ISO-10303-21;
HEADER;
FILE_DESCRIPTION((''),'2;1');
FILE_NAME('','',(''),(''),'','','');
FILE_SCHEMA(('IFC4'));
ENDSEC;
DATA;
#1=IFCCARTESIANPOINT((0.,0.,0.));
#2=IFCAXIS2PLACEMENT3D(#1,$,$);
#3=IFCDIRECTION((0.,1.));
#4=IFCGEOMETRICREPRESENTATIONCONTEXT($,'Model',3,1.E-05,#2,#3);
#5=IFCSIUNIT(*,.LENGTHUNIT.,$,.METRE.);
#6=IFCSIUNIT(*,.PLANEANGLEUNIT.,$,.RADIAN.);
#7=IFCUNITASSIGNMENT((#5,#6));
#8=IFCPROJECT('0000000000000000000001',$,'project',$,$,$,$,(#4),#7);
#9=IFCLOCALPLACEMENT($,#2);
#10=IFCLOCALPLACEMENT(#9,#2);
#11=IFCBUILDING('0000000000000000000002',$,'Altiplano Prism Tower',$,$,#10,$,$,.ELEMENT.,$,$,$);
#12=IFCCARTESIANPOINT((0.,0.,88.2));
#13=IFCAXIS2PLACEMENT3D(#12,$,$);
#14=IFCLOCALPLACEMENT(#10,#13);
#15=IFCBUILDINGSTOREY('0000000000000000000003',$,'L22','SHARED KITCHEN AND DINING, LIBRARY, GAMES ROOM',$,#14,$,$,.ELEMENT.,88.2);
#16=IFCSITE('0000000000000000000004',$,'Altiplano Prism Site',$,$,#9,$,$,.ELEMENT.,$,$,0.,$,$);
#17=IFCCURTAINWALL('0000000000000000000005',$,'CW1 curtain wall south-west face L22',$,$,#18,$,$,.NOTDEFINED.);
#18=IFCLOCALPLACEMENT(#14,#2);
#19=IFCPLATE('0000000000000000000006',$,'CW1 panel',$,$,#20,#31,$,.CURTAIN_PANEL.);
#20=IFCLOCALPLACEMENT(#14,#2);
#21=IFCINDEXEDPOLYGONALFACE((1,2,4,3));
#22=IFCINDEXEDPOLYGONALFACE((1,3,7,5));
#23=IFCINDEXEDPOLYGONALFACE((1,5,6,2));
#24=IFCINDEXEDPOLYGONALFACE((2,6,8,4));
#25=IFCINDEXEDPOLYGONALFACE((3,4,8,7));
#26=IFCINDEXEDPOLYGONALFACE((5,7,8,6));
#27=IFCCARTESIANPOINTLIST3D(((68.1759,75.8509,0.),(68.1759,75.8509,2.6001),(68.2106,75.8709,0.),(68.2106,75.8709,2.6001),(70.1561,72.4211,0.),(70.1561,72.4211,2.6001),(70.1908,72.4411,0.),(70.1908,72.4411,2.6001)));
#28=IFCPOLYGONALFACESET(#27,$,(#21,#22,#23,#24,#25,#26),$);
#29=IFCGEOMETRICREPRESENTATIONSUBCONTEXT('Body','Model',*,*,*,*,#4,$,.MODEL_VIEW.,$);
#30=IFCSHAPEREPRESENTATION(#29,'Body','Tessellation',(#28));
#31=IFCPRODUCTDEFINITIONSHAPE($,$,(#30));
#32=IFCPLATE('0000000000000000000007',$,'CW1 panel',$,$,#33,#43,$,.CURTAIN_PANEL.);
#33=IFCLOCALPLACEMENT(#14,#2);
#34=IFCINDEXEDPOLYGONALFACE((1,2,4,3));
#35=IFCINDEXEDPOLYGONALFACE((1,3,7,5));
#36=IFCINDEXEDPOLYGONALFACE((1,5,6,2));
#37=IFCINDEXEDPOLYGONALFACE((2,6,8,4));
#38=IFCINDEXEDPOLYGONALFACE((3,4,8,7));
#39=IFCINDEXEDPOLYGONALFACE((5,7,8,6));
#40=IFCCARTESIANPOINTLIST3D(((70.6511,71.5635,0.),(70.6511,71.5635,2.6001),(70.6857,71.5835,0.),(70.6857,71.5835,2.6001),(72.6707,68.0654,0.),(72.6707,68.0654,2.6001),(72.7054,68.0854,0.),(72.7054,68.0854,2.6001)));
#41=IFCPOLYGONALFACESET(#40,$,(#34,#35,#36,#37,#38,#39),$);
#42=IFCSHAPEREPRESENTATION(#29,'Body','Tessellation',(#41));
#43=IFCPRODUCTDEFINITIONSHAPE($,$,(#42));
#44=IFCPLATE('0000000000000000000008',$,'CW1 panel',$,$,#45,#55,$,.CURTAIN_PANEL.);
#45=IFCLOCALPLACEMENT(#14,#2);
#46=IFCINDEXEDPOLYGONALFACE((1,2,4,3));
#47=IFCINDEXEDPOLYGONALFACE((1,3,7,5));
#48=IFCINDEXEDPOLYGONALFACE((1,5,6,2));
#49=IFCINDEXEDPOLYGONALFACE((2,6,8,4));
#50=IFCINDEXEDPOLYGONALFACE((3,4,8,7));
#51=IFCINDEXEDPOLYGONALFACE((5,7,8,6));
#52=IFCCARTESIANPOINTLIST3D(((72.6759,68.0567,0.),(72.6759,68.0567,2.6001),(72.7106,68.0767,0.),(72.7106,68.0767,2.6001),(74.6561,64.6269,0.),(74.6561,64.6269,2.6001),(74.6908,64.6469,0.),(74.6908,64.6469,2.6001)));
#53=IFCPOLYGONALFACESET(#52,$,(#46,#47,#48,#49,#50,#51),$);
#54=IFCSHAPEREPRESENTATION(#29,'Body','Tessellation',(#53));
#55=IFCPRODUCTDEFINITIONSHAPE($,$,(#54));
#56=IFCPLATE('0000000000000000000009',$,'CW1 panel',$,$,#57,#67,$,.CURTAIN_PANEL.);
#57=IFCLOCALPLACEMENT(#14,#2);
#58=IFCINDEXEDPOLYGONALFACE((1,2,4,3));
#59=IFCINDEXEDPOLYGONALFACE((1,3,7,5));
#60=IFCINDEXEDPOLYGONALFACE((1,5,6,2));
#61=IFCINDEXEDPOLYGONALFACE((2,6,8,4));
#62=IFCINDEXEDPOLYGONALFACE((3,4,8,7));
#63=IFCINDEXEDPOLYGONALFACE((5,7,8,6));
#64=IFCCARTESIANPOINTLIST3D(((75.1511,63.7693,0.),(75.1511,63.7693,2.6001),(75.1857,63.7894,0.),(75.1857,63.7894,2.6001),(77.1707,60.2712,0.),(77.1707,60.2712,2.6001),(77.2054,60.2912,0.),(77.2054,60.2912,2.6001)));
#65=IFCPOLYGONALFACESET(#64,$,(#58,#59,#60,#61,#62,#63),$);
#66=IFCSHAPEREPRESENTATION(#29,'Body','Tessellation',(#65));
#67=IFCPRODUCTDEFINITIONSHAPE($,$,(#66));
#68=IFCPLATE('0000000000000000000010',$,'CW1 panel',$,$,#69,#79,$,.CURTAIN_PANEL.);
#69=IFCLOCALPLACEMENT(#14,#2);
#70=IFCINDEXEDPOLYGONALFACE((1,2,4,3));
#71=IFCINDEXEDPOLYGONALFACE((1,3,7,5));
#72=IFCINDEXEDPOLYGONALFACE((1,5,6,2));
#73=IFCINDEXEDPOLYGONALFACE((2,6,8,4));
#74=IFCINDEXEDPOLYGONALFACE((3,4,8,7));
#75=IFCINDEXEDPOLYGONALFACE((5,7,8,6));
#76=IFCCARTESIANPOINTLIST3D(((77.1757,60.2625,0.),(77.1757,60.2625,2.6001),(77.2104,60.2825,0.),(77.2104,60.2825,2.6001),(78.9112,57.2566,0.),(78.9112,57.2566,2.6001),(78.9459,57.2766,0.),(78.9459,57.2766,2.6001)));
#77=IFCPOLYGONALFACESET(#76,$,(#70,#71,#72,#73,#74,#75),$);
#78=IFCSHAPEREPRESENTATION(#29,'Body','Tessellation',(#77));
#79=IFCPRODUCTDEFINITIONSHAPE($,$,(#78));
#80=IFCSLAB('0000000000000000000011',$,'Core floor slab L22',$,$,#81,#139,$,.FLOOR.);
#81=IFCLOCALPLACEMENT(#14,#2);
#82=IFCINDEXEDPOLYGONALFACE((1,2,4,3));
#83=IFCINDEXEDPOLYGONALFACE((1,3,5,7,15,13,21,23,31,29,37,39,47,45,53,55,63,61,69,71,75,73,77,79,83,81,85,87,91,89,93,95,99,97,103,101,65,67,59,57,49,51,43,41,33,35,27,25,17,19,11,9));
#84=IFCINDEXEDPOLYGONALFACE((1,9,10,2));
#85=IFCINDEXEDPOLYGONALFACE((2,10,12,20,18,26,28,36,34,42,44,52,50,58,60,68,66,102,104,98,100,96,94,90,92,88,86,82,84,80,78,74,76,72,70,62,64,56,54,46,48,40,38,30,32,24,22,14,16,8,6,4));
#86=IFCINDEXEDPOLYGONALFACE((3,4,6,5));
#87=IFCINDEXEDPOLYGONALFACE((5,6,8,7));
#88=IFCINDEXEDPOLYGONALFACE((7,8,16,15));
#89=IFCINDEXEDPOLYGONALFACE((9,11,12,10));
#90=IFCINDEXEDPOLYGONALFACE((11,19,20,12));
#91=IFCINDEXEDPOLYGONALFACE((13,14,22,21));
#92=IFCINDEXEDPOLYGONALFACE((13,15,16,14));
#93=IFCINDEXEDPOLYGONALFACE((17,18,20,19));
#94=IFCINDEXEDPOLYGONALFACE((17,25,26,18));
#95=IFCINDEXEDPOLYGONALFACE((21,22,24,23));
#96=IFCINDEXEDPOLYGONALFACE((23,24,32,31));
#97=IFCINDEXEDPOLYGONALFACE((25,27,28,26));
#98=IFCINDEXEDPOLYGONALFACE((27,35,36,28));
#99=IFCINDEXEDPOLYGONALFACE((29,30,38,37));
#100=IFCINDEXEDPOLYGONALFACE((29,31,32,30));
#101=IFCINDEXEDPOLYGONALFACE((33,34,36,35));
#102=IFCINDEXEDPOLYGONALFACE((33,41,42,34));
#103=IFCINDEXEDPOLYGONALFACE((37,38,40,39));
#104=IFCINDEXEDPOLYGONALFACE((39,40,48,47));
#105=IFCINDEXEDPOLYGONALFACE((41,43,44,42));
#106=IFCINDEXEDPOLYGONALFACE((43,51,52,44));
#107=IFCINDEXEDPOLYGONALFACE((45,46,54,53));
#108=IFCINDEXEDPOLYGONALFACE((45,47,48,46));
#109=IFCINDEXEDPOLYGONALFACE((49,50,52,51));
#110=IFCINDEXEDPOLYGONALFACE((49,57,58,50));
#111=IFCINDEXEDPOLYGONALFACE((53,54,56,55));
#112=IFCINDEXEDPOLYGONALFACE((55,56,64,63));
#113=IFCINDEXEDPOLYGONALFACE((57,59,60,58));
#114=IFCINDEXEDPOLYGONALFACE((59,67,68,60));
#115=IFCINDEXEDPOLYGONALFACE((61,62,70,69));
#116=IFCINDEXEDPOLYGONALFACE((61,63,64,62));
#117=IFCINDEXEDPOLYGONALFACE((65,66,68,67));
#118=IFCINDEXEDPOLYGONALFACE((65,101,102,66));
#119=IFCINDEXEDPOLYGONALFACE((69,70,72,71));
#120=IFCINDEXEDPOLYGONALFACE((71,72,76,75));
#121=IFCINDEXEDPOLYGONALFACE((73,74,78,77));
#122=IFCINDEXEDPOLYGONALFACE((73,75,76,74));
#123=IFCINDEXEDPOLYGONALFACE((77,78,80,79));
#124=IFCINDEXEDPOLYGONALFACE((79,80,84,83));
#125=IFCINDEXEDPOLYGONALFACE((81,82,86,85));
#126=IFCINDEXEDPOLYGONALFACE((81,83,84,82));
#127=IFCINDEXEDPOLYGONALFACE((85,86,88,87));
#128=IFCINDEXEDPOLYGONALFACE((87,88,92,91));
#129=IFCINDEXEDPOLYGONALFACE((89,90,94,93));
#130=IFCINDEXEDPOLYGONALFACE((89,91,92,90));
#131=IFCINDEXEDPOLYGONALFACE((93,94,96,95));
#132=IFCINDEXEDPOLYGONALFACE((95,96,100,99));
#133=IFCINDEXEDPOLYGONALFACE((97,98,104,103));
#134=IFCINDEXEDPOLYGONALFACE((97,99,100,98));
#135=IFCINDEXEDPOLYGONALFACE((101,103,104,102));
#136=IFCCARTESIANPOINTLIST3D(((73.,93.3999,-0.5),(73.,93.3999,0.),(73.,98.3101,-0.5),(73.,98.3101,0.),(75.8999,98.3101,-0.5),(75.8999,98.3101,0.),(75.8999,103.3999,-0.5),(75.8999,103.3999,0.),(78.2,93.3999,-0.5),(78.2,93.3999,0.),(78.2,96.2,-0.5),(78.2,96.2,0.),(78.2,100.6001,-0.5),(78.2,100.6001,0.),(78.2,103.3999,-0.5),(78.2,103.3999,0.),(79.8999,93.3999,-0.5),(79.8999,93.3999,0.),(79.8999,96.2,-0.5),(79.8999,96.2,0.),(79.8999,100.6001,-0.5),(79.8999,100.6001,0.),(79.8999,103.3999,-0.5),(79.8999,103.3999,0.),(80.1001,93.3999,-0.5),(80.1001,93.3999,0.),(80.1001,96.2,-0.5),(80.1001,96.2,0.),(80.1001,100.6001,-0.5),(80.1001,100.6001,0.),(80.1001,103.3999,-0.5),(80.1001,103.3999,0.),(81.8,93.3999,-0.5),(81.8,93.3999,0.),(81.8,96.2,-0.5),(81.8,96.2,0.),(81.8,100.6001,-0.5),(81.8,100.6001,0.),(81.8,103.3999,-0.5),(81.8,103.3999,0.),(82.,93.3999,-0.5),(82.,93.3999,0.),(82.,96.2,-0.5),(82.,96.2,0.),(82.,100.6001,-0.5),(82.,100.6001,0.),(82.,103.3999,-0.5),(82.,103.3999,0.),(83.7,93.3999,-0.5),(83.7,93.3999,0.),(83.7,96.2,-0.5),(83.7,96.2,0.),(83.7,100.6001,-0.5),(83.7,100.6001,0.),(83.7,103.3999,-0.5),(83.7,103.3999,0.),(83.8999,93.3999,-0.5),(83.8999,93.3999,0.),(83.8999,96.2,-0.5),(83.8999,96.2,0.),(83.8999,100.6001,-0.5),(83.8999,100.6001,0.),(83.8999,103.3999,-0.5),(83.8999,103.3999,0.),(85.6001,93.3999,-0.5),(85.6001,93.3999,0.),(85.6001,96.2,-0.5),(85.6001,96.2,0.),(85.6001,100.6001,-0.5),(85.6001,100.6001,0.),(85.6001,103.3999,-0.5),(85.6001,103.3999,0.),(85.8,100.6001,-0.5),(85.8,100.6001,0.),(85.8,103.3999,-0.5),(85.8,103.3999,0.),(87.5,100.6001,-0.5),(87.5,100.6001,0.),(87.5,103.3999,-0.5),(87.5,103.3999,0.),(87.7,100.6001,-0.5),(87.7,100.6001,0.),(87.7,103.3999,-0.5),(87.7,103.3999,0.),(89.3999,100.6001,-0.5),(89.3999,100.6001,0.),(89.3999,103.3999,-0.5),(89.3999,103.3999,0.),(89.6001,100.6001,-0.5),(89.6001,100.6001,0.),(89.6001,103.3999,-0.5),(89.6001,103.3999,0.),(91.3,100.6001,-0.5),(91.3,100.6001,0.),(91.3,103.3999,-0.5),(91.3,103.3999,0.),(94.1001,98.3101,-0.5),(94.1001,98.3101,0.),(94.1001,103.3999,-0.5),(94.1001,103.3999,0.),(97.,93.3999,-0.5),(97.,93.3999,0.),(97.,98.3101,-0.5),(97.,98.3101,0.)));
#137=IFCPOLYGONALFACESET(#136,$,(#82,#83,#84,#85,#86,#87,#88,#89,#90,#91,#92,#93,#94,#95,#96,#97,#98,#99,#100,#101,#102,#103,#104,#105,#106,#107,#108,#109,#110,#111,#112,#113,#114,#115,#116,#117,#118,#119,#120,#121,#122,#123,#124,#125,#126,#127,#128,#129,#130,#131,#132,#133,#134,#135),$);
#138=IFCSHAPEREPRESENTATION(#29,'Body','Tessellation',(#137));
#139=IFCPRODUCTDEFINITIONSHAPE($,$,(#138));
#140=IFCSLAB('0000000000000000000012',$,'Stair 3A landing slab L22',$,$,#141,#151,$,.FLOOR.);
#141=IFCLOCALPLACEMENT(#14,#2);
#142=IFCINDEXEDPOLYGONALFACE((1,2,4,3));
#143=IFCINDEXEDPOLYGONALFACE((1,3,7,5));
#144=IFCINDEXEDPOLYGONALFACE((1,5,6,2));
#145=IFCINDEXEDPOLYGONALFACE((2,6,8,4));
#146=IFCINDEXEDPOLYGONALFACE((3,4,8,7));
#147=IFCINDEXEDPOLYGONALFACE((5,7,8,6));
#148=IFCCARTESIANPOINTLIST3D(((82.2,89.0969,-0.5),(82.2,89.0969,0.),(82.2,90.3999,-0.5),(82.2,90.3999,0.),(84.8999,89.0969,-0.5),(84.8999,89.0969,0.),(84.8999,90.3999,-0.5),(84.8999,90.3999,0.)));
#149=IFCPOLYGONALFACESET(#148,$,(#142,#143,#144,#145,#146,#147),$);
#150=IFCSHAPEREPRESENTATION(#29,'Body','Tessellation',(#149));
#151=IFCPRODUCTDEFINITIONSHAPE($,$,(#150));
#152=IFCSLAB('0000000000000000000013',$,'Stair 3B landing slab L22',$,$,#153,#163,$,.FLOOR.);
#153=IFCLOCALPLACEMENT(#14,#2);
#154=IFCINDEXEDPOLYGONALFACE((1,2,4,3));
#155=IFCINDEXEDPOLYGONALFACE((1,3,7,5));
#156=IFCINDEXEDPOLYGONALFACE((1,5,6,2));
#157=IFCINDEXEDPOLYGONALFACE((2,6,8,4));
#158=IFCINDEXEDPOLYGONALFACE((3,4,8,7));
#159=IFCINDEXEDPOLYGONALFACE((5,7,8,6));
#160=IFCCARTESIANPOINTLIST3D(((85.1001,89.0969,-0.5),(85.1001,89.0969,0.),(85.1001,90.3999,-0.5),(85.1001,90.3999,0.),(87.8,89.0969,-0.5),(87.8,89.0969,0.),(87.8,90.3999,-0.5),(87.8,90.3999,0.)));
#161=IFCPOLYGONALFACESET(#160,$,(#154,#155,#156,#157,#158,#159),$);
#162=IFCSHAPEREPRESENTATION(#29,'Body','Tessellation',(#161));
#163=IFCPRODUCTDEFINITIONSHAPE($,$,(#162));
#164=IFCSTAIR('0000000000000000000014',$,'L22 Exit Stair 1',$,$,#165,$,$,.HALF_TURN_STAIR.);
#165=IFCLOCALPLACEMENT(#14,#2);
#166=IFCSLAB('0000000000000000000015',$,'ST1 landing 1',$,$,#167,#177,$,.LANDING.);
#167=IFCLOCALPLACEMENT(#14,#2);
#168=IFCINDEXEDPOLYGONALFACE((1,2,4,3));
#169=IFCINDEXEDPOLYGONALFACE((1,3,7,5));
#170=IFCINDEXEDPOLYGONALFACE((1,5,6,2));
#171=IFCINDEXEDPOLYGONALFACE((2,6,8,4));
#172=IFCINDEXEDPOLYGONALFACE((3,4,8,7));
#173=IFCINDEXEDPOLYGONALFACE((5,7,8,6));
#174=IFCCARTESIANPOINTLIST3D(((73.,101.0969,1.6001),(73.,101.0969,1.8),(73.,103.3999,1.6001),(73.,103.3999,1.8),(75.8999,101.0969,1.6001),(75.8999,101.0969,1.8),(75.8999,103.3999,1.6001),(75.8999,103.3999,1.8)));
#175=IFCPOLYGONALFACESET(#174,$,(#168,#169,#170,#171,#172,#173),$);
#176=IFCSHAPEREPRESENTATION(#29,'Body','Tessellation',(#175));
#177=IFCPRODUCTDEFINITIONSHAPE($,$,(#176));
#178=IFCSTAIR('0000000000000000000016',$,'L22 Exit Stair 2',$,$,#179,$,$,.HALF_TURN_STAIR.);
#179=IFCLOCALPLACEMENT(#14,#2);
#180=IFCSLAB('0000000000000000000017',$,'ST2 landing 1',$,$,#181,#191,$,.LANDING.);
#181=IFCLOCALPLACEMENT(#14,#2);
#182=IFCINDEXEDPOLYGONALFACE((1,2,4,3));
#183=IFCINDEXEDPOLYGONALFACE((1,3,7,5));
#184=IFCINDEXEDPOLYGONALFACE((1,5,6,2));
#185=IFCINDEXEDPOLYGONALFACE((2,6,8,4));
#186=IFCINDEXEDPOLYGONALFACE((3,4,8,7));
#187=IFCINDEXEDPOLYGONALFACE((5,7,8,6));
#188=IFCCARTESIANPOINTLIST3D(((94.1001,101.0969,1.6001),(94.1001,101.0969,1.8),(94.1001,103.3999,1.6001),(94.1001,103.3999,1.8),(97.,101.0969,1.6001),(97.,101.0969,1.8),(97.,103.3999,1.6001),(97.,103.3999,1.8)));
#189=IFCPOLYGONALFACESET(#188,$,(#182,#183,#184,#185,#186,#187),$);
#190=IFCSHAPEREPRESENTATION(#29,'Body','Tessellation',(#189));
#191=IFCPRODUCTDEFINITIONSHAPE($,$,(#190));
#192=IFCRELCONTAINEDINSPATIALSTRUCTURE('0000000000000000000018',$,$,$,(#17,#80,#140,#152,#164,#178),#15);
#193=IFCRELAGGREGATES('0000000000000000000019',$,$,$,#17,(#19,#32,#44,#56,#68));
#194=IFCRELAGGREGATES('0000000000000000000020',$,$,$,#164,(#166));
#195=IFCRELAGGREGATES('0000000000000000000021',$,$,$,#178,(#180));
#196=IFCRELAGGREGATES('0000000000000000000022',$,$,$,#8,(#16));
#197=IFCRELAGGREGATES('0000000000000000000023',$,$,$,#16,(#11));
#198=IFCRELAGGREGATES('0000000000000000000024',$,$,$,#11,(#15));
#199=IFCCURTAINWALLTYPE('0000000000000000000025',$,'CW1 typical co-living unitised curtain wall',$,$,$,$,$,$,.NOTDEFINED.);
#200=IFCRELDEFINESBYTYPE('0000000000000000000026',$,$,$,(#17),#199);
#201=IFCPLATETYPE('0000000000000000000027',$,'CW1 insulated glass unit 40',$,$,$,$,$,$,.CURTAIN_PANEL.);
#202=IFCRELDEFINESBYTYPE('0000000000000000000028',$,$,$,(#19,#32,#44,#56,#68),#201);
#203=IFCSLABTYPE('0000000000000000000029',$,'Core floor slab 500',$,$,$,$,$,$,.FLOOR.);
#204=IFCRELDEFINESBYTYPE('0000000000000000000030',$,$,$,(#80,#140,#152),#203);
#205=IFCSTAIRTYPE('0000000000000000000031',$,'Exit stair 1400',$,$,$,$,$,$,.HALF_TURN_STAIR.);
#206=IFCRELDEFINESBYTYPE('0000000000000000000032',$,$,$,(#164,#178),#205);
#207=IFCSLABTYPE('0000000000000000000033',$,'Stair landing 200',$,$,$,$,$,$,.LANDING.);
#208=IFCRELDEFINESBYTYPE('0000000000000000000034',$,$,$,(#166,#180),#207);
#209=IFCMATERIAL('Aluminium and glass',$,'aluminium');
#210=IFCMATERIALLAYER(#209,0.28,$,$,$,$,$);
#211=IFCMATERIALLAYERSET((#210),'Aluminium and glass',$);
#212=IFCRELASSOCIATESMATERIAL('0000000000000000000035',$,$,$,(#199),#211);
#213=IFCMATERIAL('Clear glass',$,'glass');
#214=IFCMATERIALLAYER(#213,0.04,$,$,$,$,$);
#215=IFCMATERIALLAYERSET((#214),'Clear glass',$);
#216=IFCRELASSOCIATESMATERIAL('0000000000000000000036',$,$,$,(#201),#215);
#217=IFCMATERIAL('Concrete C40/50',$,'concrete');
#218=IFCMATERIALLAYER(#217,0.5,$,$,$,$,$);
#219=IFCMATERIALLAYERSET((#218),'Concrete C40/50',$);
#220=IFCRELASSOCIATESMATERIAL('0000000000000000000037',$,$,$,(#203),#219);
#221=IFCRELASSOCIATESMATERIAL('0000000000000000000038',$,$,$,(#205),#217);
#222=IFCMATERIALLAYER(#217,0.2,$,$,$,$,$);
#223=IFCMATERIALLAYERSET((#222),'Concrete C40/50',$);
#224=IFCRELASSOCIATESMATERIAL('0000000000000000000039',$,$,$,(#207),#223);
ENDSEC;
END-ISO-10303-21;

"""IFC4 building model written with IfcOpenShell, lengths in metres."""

from ifc_helpers import new_model, si_unit, direction, frame, origin, origin_2d, place, context, subcontext, project, spatial, polyline, rectangle, outline, extrude, material, layer, layer_set, type_object, element, aggregate, save


model = new_model("IFC4")

# Units and contexts
model_context = context("Model", 3, precision=1e-05, world=origin(), true_north=direction((0.0, 1.0)))
body_context = subcontext(model_context, "Body", "Model", "MODEL_VIEW")
ifc_project = project(units=[si_unit("LENGTHUNIT", "METRE"), si_unit("PLANEANGLEUNIT", "RADIAN")], contexts=[model_context])

# Site, building, storey
site_placement = place(None, origin())
site = spatial("IfcSite", under=ifc_project, at=site_placement, Name="Altiplano Prism Site", CompositionType="ELEMENT", RefElevation=0.0)
building_placement = place(site_placement, origin())
building = spatial("IfcBuilding", under=site, at=building_placement, Name="Altiplano Prism Tower", CompositionType="ELEMENT")
storey_placement = place(building_placement, frame((0.0, 0.0, 88.2)))
storey = spatial("IfcBuildingStorey", under=building, at=storey_placement, Name="L22", Description="SHARED KITCHEN AND DINING, LIBRARY, GAMES ROOM", CompositionType="ELEMENT", Elevation=88.2)

# Curtain wall
ifc_material_1 = material(Name="Aluminium and glass", Category="aluminium")
ifc_layer_1 = layer(ifc_material_1, 0.28)
ifc_layer_set_1 = layer_set([ifc_layer_1], Name="Aluminium and glass")
curtain_wall_type = type_object("IfcCurtainWallType", Name="CW1 typical co-living unitised curtain wall", PredefinedType="NOTDEFINED", material=ifc_layer_set_1)
curtain_wall_placement = place(storey_placement, origin())
curtain_wall = element("IfcCurtainWall", 1, at=curtain_wall_placement, inside=storey, type_object=curtain_wall_type, Name="CW1 curtain wall south-west face L22", PredefinedType="NOTDEFINED")

# Plates
ifc_material_2 = material(Name="Clear glass", Category="glass")
ifc_layer_2 = layer(ifc_material_2, 0.04)
ifc_layer_set_2 = layer_set([ifc_layer_2], Name="Clear glass")
plate_type = type_object("IfcPlateType", Name="CW1 insulated glass unit 40", PredefinedType="CURTAIN_PANEL", material=ifc_layer_set_2)
plate_1_placement = place(storey_placement, frame((69.1833, 74.146, 0.0), z_axis=(0.0, 0.0, 1.0), x_axis=(0.5, -0.866025, 0.0)))
plate_1 = element("IfcPlate", 2, at=plate_1_placement, type_object=plate_type, Name="CW1 panel", PredefinedType="CURTAIN_PANEL", context=body_context, shape_type="SweptSolid", body=[
    extrude(rectangle(XDim=3.9604, YDim=0.04, at=origin_2d()), origin(), (0.0, 0.0, 1.0), 2.6001),
])
plate_2_placement = place(storey_placement, frame((71.6782, 69.8245, 0.0), z_axis=(0.0, 0.0, 1.0), x_axis=(0.5, -0.866025, 0.0)))
plate_2 = element("IfcPlate", 3, at=plate_2_placement, type_object=plate_type, Name="CW1 panel", PredefinedType="CURTAIN_PANEL", context=body_context, shape_type="SweptSolid", body=[
    extrude(rectangle(XDim=4.0393, YDim=0.04, at=origin_2d()), origin(), (0.0, 0.0, 1.0), 2.6001),
])
plate_3_placement = place(storey_placement, frame((73.6833, 66.3518, 0.0), z_axis=(0.0, 0.0, 1.0), x_axis=(0.5, -0.866025, 0.0)))
plate_3 = element("IfcPlate", 4, at=plate_3_placement, type_object=plate_type, Name="CW1 panel", PredefinedType="CURTAIN_PANEL", context=body_context, shape_type="SweptSolid", body=[
    extrude(rectangle(XDim=3.9604, YDim=0.04, at=origin_2d()), origin(), (0.0, 0.0, 1.0), 2.6001),
])
plate_4_placement = place(storey_placement, frame((76.1782, 62.0303, 0.0), z_axis=(0.0, 0.0, 1.0), x_axis=(0.5, -0.866025, 0.0)))
plate_4 = element("IfcPlate", 5, at=plate_4_placement, type_object=plate_type, Name="CW1 panel", PredefinedType="CURTAIN_PANEL", context=body_context, shape_type="SweptSolid", body=[
    extrude(rectangle(XDim=4.0393, YDim=0.04, at=origin_2d()), origin(), (0.0, 0.0, 1.0), 2.6001),
])
plate_5_placement = place(storey_placement, frame((78.0608, 58.7695, 0.0), z_axis=(0.0, 0.0, 1.0), x_axis=(0.5, -0.866025, 0.0)))
plate_5 = element("IfcPlate", 6, at=plate_5_placement, type_object=plate_type, Name="CW1 panel", PredefinedType="CURTAIN_PANEL", context=body_context, shape_type="SweptSolid", body=[
    extrude(rectangle(XDim=3.4709, YDim=0.04, at=origin_2d()), origin(), (0.0, 0.0, 1.0), 2.6001),
])
aggregate(curtain_wall, [plate_1, plate_2, plate_3, plate_4, plate_5])

# Slabs
ifc_material_3 = material(Name="Concrete C40/50", Category="concrete")
ifc_layer_3 = layer(ifc_material_3, 0.5)
ifc_layer_set_3 = layer_set([ifc_layer_3], Name="Concrete C40/50")
slab_type_1 = type_object("IfcSlabType", Name="Core floor slab 500", PredefinedType="FLOOR", material=ifc_layer_set_3)
slab_1_placement = place(storey_placement, frame((0.0, 0.0, -0.5)))
element("IfcSlab", 7, at=slab_1_placement, inside=storey, type_object=slab_type_1, Name="Core floor slab L22", PredefinedType="FLOOR", context=body_context, shape_type="SweptSolid", body=[
    extrude(outline(polyline([(97.0, 98.3101), (94.1001, 98.3101), (94.1001, 103.3999), (91.3, 103.3999), (91.3, 100.6001), (89.6001, 100.6001), (89.6001, 103.3999), (89.3999, 103.3999), (89.3999, 100.6001), (87.7, 100.6001), (87.7, 103.3999), (87.5, 103.3999), (87.5, 100.6001), (85.8, 100.6001), (85.8, 103.3999), (85.6001, 103.3999), (85.6001, 100.6001), (83.8999, 100.6001), (83.8999, 103.3999), (83.7, 103.3999), (83.7, 100.6001), (82.0, 100.6001), (82.0, 103.3999), (81.8, 103.3999), (81.8, 100.6001), (80.1001, 100.6001), (80.1001, 103.3999), (79.8999, 103.3999), (79.8999, 100.6001), (78.2, 100.6001), (78.2, 103.3999), (75.8999, 103.3999), (75.8999, 98.3101), (73.0, 98.3101), (73.0, 93.3999), (78.2, 93.3999), (78.2, 96.2), (79.8999, 96.2), (79.8999, 93.3999), (80.1001, 93.3999), (80.1001, 96.2), (81.8, 96.2), (81.8, 93.3999), (82.0, 93.3999), (82.0, 96.2), (83.7, 96.2), (83.7, 93.3999), (83.8999, 93.3999), (83.8999, 96.2), (85.6001, 96.2), (85.6001, 93.3999), (97.0, 93.3999), (97.0, 98.3101)])), origin(), (0.0, 0.0, 1.0), 0.5),
])
slab_2_placement = place(storey_placement, frame((0.0, 0.0, -0.5)))
element("IfcSlab", 8, at=slab_2_placement, inside=storey, type_object=slab_type_1, Name="Stair 3A landing slab L22", PredefinedType="FLOOR", context=body_context, shape_type="SweptSolid", body=[
    extrude(outline(polyline([(82.2, 89.0969), (84.8999, 89.0969), (84.8999, 90.3999), (82.2, 90.3999), (82.2, 89.0969)])), origin(), (0.0, 0.0, 1.0), 0.5),
])
slab_3_placement = place(storey_placement, frame((0.0, 0.0, -0.5)))
element("IfcSlab", 9, at=slab_3_placement, inside=storey, type_object=slab_type_1, Name="Stair 3B landing slab L22", PredefinedType="FLOOR", context=body_context, shape_type="SweptSolid", body=[
    extrude(outline(polyline([(85.1001, 89.0969), (87.8, 89.0969), (87.8, 90.3999), (85.1001, 90.3999), (85.1001, 89.0969)])), origin(), (0.0, 0.0, 1.0), 0.5),
])

# Stairs, slabs
stair_type_1 = type_object("IfcStairType", Name="Exit stair 1400", PredefinedType="HALF_TURN_STAIR", material=ifc_material_3)
stair_1_placement = place(storey_placement, origin())
stair_1 = element("IfcStair", 10, at=stair_1_placement, inside=storey, type_object=stair_type_1, Name="L22 Exit Stair 1", PredefinedType="HALF_TURN_STAIR")
ifc_layer_4 = layer(ifc_material_3, 0.2)
ifc_layer_set_4 = layer_set([ifc_layer_4], Name="Concrete C40/50")
slab_type_2 = type_object("IfcSlabType", Name="Stair landing 200", PredefinedType="LANDING", material=ifc_layer_set_4)
slab_4_placement = place(storey_placement, frame((0.0, 0.0, 1.6001)))
slab_4 = element("IfcSlab", 11, at=slab_4_placement, type_object=slab_type_2, Name="ST1 landing 1", PredefinedType="LANDING", context=body_context, shape_type="SweptSolid", body=[
    extrude(outline(polyline([(75.8999, 101.0969), (75.8999, 103.3999), (73.0, 103.3999), (73.0, 101.0969), (75.8999, 101.0969)])), origin(), (0.0, 0.0, 1.0), 0.2),
])
aggregate(stair_1, [slab_4])
stair_2_placement = place(storey_placement, origin())
stair_2 = element("IfcStair", 12, at=stair_2_placement, inside=storey, type_object=stair_type_1, Name="L22 Exit Stair 2", PredefinedType="HALF_TURN_STAIR")
slab_5_placement = place(storey_placement, frame((0.0, 0.0, 1.6001)))
slab_5 = element("IfcSlab", 13, at=slab_5_placement, type_object=slab_type_2, Name="ST2 landing 1", PredefinedType="LANDING", context=body_context, shape_type="SweptSolid", body=[
    extrude(outline(polyline([(97.0, 101.0969), (97.0, 103.3999), (94.1001, 103.3999), (94.1001, 101.0969), (97.0, 101.0969)])), origin(), (0.0, 0.0, 1.0), 0.2),
])
aggregate(stair_2, [slab_5])

save(model, "model.ifc")
